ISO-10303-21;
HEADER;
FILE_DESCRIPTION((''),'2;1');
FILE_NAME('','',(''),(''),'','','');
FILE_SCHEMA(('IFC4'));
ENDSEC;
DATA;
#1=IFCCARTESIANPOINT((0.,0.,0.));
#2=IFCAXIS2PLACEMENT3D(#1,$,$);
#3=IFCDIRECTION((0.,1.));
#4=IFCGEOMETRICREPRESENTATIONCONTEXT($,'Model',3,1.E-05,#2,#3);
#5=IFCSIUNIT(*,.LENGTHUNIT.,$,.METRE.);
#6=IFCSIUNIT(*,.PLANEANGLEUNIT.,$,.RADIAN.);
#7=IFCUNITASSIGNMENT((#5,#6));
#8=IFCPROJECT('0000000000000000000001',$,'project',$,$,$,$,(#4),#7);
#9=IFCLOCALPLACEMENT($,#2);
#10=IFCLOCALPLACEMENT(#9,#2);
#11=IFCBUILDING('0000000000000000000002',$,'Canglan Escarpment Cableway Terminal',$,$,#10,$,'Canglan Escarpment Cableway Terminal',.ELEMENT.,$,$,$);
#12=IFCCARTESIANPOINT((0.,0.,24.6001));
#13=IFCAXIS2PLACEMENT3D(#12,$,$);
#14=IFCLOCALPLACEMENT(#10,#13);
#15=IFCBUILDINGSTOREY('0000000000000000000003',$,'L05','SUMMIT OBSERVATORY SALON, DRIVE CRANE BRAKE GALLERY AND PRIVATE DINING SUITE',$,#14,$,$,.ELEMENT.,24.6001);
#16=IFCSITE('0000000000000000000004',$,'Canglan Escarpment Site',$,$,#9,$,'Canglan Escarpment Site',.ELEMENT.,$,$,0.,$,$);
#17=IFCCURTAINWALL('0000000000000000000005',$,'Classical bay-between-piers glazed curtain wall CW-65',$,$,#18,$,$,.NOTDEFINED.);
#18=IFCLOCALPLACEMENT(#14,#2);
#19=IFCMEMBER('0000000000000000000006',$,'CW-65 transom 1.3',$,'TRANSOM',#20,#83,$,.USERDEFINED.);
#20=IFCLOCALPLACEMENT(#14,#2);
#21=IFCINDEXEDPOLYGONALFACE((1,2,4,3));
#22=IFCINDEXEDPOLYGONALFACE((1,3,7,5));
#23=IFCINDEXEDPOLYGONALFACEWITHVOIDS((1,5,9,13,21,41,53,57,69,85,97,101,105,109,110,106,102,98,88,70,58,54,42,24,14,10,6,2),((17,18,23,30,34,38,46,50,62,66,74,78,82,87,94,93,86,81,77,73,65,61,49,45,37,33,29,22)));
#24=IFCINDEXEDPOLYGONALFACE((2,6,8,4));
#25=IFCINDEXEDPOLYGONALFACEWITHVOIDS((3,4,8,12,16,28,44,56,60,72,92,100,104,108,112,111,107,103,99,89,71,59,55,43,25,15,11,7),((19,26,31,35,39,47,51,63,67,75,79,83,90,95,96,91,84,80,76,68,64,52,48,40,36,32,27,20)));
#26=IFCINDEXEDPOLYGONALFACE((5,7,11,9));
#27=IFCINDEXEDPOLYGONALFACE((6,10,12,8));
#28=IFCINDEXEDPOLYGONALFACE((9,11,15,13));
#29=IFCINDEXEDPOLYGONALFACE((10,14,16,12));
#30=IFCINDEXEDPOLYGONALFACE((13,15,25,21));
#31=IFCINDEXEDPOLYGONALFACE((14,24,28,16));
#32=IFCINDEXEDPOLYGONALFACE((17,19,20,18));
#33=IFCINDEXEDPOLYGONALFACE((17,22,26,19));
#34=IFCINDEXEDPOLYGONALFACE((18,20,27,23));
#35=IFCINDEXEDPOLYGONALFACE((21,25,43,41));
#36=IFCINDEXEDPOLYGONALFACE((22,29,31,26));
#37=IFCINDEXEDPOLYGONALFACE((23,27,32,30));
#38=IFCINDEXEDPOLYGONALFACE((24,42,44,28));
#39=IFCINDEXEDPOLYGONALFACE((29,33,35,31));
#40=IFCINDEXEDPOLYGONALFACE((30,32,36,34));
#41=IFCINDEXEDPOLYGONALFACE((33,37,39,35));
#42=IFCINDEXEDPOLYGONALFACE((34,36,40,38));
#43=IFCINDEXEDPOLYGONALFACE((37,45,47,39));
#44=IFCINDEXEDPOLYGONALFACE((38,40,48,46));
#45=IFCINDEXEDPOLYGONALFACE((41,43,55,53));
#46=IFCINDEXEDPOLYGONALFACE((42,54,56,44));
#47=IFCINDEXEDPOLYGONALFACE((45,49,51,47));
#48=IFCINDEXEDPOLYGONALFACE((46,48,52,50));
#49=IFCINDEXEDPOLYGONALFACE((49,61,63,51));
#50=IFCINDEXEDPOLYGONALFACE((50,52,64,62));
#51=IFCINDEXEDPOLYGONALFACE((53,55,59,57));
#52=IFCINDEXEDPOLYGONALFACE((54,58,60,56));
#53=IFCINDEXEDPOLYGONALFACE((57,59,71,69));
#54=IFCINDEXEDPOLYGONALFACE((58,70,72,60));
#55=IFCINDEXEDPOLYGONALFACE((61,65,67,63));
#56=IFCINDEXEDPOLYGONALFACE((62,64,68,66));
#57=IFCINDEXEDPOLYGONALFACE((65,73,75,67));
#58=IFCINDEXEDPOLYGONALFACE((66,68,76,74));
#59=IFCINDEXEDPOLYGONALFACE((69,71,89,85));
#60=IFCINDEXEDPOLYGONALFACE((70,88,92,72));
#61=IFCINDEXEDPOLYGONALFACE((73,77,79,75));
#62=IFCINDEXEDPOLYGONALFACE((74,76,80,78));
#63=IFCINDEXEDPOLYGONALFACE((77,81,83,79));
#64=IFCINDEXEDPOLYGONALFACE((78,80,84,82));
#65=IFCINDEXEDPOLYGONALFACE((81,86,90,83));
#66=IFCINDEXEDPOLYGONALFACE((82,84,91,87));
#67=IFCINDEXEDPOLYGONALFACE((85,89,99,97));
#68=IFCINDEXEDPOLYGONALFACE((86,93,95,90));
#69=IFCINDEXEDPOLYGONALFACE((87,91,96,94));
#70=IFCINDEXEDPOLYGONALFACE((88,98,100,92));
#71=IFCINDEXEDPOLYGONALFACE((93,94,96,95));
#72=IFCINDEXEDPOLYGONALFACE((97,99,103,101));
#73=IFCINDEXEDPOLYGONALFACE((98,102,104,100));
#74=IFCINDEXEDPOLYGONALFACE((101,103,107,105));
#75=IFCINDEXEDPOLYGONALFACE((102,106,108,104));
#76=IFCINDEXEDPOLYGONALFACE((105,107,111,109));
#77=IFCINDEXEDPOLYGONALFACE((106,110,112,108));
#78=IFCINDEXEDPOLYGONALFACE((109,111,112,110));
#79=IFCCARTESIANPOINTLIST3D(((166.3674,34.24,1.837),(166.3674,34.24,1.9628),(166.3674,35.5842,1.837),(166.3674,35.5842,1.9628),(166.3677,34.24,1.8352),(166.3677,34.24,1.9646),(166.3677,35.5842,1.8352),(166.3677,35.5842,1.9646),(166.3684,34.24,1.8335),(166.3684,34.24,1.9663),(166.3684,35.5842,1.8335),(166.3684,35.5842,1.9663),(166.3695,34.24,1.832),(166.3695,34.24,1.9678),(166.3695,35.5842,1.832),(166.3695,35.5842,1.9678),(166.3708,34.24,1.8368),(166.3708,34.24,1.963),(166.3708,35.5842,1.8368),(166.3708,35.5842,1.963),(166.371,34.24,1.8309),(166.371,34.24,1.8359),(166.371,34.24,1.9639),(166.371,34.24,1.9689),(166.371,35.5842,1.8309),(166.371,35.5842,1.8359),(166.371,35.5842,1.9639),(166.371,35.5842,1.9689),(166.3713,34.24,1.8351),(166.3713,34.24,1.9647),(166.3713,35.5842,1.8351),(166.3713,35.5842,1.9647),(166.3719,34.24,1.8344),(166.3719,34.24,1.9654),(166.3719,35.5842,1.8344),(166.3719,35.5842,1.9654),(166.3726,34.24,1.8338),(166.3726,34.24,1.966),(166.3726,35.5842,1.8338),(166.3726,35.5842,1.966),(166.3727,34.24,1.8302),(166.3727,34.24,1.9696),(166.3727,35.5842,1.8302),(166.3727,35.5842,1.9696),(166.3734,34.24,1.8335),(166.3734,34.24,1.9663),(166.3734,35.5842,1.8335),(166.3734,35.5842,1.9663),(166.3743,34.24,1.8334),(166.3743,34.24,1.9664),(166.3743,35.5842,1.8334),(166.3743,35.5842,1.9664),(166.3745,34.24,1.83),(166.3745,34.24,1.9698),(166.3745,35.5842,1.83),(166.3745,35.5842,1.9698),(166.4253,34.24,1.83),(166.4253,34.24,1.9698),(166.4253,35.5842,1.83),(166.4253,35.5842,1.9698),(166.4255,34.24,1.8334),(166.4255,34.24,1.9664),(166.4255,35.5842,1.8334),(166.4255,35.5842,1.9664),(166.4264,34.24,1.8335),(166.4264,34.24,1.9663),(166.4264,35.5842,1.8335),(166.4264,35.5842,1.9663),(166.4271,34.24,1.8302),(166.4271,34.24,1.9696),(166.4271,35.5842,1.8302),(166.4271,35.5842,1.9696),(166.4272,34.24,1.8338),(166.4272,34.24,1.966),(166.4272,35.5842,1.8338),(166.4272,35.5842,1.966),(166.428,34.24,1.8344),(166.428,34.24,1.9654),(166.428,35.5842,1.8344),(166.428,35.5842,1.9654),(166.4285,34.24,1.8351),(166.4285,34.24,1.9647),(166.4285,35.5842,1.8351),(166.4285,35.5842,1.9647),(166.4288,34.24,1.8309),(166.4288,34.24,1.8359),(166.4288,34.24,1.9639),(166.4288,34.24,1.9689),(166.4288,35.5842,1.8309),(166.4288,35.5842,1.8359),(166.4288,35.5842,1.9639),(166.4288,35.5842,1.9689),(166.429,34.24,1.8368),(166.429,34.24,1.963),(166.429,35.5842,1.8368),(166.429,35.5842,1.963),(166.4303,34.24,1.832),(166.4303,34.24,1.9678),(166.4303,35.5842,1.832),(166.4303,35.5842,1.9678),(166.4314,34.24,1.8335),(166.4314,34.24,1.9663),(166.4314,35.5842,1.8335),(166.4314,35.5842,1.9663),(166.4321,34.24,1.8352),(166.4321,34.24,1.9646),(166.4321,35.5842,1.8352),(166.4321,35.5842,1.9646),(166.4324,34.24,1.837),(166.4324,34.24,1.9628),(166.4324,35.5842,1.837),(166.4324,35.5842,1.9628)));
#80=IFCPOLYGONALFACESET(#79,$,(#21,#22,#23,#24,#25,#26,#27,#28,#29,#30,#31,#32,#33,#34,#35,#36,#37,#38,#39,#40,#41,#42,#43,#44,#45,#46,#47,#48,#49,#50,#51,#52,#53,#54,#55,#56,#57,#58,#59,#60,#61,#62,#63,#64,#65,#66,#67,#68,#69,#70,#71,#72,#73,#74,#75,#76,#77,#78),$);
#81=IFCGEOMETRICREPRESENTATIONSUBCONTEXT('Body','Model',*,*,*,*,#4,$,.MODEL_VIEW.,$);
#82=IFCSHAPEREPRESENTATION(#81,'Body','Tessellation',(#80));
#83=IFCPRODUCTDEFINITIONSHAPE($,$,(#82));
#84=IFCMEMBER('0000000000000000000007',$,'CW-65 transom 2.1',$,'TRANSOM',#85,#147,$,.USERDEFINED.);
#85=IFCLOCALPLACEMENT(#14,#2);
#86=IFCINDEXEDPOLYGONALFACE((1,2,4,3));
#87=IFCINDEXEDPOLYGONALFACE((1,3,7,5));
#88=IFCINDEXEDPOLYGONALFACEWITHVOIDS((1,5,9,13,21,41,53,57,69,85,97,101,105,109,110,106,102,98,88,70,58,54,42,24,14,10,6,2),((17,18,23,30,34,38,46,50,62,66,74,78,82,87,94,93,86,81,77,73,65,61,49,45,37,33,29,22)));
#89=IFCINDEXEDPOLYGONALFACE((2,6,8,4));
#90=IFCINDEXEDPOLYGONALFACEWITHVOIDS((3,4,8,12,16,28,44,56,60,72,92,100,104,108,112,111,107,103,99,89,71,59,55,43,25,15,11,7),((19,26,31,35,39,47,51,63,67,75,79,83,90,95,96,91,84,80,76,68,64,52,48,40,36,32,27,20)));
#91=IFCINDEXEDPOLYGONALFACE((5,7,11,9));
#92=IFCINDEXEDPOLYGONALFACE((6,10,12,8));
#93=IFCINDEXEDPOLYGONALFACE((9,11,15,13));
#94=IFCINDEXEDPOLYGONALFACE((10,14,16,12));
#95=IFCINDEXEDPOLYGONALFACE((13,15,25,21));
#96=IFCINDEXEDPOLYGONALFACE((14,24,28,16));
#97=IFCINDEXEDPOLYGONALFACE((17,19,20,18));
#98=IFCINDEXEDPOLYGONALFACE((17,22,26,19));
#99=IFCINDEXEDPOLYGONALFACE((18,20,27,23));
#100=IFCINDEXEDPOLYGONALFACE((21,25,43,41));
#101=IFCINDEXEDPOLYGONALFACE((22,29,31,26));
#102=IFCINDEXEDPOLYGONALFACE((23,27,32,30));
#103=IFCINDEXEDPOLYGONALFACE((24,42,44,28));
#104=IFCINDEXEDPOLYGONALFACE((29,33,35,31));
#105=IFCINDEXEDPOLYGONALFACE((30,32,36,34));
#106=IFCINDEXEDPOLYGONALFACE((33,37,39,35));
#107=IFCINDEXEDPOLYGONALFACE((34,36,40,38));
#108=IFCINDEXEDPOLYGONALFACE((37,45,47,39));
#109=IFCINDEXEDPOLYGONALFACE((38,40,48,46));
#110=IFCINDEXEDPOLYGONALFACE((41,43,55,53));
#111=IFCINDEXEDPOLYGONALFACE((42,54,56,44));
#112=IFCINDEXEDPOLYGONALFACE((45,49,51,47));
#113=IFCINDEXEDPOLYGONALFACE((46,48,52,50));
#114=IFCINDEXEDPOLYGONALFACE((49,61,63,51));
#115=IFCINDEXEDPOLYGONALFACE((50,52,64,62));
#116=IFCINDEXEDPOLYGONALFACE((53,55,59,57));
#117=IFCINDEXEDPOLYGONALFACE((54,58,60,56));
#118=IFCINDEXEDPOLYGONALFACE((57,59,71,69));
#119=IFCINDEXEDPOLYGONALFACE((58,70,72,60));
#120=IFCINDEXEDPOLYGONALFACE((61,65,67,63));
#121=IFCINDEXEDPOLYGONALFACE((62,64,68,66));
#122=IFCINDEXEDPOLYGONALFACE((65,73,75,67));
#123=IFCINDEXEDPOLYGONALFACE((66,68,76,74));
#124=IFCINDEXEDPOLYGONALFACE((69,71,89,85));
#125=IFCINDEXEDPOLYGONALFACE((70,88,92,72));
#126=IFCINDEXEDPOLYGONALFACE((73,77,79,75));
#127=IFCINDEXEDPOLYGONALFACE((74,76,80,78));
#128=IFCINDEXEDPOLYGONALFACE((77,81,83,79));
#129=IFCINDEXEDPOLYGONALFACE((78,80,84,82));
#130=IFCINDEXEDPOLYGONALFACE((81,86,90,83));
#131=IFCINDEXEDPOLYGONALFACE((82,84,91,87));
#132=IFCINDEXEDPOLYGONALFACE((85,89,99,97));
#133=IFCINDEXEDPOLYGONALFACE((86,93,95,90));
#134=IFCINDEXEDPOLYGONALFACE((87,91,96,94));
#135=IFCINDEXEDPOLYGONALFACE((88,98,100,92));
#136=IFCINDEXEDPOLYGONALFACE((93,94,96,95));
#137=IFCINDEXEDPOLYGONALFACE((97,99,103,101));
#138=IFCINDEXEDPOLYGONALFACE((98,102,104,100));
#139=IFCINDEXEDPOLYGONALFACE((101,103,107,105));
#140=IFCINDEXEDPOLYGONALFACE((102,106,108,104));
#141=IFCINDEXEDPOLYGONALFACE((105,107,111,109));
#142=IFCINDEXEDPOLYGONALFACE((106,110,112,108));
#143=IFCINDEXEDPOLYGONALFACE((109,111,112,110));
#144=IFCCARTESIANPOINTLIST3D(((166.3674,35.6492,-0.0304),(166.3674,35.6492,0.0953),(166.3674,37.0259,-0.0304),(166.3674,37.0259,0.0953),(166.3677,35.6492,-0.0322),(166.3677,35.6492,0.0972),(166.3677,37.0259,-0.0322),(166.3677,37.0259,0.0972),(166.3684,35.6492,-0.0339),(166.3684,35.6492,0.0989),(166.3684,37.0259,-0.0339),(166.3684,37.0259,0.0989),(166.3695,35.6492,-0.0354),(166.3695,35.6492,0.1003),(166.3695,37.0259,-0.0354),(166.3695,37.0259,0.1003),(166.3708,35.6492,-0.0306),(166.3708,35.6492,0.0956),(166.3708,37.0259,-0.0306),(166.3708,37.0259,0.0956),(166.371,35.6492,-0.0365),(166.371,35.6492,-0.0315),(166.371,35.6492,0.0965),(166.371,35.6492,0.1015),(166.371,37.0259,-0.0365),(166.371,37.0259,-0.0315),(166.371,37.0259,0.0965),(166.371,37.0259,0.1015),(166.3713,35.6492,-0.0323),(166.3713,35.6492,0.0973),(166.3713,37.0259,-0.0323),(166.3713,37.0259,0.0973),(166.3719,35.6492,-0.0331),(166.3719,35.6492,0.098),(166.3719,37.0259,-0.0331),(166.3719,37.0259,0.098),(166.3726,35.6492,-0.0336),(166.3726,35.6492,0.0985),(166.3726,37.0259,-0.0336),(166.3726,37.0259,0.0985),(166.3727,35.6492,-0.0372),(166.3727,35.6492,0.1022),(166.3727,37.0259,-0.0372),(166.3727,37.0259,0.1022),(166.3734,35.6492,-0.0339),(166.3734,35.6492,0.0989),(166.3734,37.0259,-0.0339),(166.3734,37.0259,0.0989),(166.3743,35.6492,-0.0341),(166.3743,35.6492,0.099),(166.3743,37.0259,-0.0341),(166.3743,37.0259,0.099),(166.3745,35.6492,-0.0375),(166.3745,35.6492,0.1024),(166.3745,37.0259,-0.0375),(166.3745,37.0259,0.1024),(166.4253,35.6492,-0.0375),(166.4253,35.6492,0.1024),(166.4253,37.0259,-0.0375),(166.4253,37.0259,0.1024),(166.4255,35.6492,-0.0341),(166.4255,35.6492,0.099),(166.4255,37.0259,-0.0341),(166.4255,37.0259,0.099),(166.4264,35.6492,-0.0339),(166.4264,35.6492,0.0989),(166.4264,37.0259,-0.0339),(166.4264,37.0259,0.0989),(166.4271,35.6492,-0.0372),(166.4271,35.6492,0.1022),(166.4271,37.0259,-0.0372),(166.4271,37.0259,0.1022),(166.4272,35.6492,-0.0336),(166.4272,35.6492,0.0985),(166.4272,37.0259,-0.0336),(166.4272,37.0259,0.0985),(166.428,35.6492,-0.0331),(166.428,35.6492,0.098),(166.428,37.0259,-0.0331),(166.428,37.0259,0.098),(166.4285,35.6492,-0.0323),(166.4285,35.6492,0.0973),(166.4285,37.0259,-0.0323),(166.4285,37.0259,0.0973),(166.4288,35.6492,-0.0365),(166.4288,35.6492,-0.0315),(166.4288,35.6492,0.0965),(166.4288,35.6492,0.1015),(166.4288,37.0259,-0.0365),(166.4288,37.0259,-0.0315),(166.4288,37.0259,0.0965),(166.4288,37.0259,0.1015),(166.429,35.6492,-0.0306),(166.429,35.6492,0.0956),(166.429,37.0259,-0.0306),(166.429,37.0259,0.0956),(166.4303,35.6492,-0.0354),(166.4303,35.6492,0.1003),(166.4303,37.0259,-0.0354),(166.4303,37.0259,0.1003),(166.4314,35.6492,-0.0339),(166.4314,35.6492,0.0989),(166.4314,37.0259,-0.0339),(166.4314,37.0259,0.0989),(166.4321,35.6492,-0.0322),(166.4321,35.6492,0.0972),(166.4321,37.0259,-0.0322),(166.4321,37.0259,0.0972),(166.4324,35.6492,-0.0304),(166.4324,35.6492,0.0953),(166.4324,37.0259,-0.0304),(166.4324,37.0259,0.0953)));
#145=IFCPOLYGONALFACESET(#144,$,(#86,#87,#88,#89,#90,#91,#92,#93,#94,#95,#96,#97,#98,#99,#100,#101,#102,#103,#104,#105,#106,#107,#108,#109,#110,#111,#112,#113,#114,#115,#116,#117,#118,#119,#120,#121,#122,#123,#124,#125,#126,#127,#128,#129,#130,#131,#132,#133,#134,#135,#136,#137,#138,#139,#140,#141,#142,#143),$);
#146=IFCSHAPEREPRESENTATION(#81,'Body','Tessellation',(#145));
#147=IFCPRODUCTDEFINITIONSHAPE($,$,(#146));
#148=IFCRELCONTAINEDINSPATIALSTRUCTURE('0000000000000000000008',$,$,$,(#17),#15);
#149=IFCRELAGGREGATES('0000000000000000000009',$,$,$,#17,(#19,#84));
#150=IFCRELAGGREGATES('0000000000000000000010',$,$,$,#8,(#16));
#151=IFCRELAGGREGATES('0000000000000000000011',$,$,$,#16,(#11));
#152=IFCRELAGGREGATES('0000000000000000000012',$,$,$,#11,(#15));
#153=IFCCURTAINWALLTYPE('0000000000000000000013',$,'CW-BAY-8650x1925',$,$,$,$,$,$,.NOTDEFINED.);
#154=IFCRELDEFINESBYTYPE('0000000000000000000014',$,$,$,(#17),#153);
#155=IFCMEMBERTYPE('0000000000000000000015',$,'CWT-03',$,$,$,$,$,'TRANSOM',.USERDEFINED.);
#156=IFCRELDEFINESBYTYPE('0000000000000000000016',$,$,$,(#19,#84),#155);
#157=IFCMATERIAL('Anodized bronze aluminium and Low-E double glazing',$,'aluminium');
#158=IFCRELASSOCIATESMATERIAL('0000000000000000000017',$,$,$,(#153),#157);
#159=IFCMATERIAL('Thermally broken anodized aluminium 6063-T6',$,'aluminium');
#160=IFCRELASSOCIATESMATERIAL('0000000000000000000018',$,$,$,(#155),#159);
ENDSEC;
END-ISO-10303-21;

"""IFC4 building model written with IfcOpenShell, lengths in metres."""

from ifc_helpers import new_model, si_unit, direction, frame, origin, origin_2d, place, context, subcontext, project, spatial, hollow_rectangle, extrude, material, material_profile, profile_set, type_object, element, aggregate, save


model = new_model("IFC4")

# Units and contexts
model_context = context("Model", 3, precision=1e-05, world=origin(), true_north=direction((0.0, 1.0)))
body_context = subcontext(model_context, "Body", "Model", "MODEL_VIEW")
ifc_project = project(units=[si_unit("LENGTHUNIT", "METRE"), si_unit("PLANEANGLEUNIT", "RADIAN")], contexts=[model_context])

# Site, building, storey
site_placement = place(None, origin())
site = spatial("IfcSite", under=ifc_project, at=site_placement, Name="Canglan Escarpment Site", LongName="Canglan Escarpment Site", CompositionType="ELEMENT", RefElevation=0.0)
building_placement = place(site_placement, origin())
building = spatial("IfcBuilding", under=site, at=building_placement, Name="Canglan Escarpment Cableway Terminal", LongName="Canglan Escarpment Cableway Terminal", CompositionType="ELEMENT")
storey_placement = place(building_placement, frame((0.0, 0.0, 24.6001)))
storey = spatial("IfcBuildingStorey", under=building, at=storey_placement, Name="L05", Description="SUMMIT OBSERVATORY SALON, DRIVE CRANE BRAKE GALLERY AND PRIVATE DINING SUITE", CompositionType="ELEMENT", Elevation=24.6001)

# Curtain wall, members
ifc_material_1 = material(Name="Anodized bronze aluminium and Low-E double glazing", Category="aluminium")
curtain_wall_type = type_object("IfcCurtainWallType", Name="CW-BAY-8650x1925", PredefinedType="NOTDEFINED", material=ifc_material_1)
curtain_wall_placement = place(storey_placement, origin())
curtain_wall = element("IfcCurtainWall", 1, at=curtain_wall_placement, inside=storey, type_object=curtain_wall_type, Name="Classical bay-between-piers glazed curtain wall CW-65", PredefinedType="NOTDEFINED")
ifc_material_2 = material(Name="Thermally broken anodized aluminium 6063-T6", Category="aluminium")
ifc_material_profile_1 = material_profile(ifc_material_2, hollow_rectangle(XDim=0.0649, YDim=0.1399, WallThickness=0.0034, InnerFilletRadius=0.0034, OuterFilletRadius=0.0071, at=origin_2d()), Name="ALU-TRAN 65x140x3.5")
ifc_profile_set_1 = profile_set([ifc_material_profile_1], Name="Thermally broken anodized aluminium 6063-T6")
member_type_1 = type_object("IfcMemberType", Name="CWT-03", ElementType="TRANSOM", PredefinedType="USERDEFINED", material=ifc_profile_set_1)
member_1_placement = place(storey_placement, frame((166.3999, 34.24, 1.8999), z_axis=(0.0, 1.0, 0.0), x_axis=(-1.0, 0.0, 0.0)))
member_1 = element("IfcMember", 2, at=member_1_placement, type_object=member_type_1, Name="CW-65 transom 1.3", ObjectType="TRANSOM", PredefinedType="USERDEFINED", context=body_context, shape_type="SweptSolid", body=[
    extrude(hollow_rectangle(XDim=0.0649, YDim=0.1399, WallThickness=0.0034, InnerFilletRadius=0.0034, OuterFilletRadius=0.0071, at=origin_2d()), origin(), (0.0, 0.0, 1.0), 1.3442),
])
member_2_placement = place(storey_placement, frame((166.3999, 35.6492, 0.0325), z_axis=(0.0, 1.0, 0.0), x_axis=(-1.0, 0.0, 0.0)))
member_2 = element("IfcMember", 3, at=member_2_placement, type_object=member_type_1, Name="CW-65 transom 2.1", ObjectType="TRANSOM", PredefinedType="USERDEFINED", context=body_context, shape_type="SweptSolid", body=[
    extrude(hollow_rectangle(XDim=0.0649, YDim=0.1399, WallThickness=0.0034, InnerFilletRadius=0.0034, OuterFilletRadius=0.0071, at=origin_2d()), origin(), (0.0, 0.0, 1.0), 1.3767),
])
aggregate(curtain_wall, [member_1, member_2])

save(model, "model.ifc")
